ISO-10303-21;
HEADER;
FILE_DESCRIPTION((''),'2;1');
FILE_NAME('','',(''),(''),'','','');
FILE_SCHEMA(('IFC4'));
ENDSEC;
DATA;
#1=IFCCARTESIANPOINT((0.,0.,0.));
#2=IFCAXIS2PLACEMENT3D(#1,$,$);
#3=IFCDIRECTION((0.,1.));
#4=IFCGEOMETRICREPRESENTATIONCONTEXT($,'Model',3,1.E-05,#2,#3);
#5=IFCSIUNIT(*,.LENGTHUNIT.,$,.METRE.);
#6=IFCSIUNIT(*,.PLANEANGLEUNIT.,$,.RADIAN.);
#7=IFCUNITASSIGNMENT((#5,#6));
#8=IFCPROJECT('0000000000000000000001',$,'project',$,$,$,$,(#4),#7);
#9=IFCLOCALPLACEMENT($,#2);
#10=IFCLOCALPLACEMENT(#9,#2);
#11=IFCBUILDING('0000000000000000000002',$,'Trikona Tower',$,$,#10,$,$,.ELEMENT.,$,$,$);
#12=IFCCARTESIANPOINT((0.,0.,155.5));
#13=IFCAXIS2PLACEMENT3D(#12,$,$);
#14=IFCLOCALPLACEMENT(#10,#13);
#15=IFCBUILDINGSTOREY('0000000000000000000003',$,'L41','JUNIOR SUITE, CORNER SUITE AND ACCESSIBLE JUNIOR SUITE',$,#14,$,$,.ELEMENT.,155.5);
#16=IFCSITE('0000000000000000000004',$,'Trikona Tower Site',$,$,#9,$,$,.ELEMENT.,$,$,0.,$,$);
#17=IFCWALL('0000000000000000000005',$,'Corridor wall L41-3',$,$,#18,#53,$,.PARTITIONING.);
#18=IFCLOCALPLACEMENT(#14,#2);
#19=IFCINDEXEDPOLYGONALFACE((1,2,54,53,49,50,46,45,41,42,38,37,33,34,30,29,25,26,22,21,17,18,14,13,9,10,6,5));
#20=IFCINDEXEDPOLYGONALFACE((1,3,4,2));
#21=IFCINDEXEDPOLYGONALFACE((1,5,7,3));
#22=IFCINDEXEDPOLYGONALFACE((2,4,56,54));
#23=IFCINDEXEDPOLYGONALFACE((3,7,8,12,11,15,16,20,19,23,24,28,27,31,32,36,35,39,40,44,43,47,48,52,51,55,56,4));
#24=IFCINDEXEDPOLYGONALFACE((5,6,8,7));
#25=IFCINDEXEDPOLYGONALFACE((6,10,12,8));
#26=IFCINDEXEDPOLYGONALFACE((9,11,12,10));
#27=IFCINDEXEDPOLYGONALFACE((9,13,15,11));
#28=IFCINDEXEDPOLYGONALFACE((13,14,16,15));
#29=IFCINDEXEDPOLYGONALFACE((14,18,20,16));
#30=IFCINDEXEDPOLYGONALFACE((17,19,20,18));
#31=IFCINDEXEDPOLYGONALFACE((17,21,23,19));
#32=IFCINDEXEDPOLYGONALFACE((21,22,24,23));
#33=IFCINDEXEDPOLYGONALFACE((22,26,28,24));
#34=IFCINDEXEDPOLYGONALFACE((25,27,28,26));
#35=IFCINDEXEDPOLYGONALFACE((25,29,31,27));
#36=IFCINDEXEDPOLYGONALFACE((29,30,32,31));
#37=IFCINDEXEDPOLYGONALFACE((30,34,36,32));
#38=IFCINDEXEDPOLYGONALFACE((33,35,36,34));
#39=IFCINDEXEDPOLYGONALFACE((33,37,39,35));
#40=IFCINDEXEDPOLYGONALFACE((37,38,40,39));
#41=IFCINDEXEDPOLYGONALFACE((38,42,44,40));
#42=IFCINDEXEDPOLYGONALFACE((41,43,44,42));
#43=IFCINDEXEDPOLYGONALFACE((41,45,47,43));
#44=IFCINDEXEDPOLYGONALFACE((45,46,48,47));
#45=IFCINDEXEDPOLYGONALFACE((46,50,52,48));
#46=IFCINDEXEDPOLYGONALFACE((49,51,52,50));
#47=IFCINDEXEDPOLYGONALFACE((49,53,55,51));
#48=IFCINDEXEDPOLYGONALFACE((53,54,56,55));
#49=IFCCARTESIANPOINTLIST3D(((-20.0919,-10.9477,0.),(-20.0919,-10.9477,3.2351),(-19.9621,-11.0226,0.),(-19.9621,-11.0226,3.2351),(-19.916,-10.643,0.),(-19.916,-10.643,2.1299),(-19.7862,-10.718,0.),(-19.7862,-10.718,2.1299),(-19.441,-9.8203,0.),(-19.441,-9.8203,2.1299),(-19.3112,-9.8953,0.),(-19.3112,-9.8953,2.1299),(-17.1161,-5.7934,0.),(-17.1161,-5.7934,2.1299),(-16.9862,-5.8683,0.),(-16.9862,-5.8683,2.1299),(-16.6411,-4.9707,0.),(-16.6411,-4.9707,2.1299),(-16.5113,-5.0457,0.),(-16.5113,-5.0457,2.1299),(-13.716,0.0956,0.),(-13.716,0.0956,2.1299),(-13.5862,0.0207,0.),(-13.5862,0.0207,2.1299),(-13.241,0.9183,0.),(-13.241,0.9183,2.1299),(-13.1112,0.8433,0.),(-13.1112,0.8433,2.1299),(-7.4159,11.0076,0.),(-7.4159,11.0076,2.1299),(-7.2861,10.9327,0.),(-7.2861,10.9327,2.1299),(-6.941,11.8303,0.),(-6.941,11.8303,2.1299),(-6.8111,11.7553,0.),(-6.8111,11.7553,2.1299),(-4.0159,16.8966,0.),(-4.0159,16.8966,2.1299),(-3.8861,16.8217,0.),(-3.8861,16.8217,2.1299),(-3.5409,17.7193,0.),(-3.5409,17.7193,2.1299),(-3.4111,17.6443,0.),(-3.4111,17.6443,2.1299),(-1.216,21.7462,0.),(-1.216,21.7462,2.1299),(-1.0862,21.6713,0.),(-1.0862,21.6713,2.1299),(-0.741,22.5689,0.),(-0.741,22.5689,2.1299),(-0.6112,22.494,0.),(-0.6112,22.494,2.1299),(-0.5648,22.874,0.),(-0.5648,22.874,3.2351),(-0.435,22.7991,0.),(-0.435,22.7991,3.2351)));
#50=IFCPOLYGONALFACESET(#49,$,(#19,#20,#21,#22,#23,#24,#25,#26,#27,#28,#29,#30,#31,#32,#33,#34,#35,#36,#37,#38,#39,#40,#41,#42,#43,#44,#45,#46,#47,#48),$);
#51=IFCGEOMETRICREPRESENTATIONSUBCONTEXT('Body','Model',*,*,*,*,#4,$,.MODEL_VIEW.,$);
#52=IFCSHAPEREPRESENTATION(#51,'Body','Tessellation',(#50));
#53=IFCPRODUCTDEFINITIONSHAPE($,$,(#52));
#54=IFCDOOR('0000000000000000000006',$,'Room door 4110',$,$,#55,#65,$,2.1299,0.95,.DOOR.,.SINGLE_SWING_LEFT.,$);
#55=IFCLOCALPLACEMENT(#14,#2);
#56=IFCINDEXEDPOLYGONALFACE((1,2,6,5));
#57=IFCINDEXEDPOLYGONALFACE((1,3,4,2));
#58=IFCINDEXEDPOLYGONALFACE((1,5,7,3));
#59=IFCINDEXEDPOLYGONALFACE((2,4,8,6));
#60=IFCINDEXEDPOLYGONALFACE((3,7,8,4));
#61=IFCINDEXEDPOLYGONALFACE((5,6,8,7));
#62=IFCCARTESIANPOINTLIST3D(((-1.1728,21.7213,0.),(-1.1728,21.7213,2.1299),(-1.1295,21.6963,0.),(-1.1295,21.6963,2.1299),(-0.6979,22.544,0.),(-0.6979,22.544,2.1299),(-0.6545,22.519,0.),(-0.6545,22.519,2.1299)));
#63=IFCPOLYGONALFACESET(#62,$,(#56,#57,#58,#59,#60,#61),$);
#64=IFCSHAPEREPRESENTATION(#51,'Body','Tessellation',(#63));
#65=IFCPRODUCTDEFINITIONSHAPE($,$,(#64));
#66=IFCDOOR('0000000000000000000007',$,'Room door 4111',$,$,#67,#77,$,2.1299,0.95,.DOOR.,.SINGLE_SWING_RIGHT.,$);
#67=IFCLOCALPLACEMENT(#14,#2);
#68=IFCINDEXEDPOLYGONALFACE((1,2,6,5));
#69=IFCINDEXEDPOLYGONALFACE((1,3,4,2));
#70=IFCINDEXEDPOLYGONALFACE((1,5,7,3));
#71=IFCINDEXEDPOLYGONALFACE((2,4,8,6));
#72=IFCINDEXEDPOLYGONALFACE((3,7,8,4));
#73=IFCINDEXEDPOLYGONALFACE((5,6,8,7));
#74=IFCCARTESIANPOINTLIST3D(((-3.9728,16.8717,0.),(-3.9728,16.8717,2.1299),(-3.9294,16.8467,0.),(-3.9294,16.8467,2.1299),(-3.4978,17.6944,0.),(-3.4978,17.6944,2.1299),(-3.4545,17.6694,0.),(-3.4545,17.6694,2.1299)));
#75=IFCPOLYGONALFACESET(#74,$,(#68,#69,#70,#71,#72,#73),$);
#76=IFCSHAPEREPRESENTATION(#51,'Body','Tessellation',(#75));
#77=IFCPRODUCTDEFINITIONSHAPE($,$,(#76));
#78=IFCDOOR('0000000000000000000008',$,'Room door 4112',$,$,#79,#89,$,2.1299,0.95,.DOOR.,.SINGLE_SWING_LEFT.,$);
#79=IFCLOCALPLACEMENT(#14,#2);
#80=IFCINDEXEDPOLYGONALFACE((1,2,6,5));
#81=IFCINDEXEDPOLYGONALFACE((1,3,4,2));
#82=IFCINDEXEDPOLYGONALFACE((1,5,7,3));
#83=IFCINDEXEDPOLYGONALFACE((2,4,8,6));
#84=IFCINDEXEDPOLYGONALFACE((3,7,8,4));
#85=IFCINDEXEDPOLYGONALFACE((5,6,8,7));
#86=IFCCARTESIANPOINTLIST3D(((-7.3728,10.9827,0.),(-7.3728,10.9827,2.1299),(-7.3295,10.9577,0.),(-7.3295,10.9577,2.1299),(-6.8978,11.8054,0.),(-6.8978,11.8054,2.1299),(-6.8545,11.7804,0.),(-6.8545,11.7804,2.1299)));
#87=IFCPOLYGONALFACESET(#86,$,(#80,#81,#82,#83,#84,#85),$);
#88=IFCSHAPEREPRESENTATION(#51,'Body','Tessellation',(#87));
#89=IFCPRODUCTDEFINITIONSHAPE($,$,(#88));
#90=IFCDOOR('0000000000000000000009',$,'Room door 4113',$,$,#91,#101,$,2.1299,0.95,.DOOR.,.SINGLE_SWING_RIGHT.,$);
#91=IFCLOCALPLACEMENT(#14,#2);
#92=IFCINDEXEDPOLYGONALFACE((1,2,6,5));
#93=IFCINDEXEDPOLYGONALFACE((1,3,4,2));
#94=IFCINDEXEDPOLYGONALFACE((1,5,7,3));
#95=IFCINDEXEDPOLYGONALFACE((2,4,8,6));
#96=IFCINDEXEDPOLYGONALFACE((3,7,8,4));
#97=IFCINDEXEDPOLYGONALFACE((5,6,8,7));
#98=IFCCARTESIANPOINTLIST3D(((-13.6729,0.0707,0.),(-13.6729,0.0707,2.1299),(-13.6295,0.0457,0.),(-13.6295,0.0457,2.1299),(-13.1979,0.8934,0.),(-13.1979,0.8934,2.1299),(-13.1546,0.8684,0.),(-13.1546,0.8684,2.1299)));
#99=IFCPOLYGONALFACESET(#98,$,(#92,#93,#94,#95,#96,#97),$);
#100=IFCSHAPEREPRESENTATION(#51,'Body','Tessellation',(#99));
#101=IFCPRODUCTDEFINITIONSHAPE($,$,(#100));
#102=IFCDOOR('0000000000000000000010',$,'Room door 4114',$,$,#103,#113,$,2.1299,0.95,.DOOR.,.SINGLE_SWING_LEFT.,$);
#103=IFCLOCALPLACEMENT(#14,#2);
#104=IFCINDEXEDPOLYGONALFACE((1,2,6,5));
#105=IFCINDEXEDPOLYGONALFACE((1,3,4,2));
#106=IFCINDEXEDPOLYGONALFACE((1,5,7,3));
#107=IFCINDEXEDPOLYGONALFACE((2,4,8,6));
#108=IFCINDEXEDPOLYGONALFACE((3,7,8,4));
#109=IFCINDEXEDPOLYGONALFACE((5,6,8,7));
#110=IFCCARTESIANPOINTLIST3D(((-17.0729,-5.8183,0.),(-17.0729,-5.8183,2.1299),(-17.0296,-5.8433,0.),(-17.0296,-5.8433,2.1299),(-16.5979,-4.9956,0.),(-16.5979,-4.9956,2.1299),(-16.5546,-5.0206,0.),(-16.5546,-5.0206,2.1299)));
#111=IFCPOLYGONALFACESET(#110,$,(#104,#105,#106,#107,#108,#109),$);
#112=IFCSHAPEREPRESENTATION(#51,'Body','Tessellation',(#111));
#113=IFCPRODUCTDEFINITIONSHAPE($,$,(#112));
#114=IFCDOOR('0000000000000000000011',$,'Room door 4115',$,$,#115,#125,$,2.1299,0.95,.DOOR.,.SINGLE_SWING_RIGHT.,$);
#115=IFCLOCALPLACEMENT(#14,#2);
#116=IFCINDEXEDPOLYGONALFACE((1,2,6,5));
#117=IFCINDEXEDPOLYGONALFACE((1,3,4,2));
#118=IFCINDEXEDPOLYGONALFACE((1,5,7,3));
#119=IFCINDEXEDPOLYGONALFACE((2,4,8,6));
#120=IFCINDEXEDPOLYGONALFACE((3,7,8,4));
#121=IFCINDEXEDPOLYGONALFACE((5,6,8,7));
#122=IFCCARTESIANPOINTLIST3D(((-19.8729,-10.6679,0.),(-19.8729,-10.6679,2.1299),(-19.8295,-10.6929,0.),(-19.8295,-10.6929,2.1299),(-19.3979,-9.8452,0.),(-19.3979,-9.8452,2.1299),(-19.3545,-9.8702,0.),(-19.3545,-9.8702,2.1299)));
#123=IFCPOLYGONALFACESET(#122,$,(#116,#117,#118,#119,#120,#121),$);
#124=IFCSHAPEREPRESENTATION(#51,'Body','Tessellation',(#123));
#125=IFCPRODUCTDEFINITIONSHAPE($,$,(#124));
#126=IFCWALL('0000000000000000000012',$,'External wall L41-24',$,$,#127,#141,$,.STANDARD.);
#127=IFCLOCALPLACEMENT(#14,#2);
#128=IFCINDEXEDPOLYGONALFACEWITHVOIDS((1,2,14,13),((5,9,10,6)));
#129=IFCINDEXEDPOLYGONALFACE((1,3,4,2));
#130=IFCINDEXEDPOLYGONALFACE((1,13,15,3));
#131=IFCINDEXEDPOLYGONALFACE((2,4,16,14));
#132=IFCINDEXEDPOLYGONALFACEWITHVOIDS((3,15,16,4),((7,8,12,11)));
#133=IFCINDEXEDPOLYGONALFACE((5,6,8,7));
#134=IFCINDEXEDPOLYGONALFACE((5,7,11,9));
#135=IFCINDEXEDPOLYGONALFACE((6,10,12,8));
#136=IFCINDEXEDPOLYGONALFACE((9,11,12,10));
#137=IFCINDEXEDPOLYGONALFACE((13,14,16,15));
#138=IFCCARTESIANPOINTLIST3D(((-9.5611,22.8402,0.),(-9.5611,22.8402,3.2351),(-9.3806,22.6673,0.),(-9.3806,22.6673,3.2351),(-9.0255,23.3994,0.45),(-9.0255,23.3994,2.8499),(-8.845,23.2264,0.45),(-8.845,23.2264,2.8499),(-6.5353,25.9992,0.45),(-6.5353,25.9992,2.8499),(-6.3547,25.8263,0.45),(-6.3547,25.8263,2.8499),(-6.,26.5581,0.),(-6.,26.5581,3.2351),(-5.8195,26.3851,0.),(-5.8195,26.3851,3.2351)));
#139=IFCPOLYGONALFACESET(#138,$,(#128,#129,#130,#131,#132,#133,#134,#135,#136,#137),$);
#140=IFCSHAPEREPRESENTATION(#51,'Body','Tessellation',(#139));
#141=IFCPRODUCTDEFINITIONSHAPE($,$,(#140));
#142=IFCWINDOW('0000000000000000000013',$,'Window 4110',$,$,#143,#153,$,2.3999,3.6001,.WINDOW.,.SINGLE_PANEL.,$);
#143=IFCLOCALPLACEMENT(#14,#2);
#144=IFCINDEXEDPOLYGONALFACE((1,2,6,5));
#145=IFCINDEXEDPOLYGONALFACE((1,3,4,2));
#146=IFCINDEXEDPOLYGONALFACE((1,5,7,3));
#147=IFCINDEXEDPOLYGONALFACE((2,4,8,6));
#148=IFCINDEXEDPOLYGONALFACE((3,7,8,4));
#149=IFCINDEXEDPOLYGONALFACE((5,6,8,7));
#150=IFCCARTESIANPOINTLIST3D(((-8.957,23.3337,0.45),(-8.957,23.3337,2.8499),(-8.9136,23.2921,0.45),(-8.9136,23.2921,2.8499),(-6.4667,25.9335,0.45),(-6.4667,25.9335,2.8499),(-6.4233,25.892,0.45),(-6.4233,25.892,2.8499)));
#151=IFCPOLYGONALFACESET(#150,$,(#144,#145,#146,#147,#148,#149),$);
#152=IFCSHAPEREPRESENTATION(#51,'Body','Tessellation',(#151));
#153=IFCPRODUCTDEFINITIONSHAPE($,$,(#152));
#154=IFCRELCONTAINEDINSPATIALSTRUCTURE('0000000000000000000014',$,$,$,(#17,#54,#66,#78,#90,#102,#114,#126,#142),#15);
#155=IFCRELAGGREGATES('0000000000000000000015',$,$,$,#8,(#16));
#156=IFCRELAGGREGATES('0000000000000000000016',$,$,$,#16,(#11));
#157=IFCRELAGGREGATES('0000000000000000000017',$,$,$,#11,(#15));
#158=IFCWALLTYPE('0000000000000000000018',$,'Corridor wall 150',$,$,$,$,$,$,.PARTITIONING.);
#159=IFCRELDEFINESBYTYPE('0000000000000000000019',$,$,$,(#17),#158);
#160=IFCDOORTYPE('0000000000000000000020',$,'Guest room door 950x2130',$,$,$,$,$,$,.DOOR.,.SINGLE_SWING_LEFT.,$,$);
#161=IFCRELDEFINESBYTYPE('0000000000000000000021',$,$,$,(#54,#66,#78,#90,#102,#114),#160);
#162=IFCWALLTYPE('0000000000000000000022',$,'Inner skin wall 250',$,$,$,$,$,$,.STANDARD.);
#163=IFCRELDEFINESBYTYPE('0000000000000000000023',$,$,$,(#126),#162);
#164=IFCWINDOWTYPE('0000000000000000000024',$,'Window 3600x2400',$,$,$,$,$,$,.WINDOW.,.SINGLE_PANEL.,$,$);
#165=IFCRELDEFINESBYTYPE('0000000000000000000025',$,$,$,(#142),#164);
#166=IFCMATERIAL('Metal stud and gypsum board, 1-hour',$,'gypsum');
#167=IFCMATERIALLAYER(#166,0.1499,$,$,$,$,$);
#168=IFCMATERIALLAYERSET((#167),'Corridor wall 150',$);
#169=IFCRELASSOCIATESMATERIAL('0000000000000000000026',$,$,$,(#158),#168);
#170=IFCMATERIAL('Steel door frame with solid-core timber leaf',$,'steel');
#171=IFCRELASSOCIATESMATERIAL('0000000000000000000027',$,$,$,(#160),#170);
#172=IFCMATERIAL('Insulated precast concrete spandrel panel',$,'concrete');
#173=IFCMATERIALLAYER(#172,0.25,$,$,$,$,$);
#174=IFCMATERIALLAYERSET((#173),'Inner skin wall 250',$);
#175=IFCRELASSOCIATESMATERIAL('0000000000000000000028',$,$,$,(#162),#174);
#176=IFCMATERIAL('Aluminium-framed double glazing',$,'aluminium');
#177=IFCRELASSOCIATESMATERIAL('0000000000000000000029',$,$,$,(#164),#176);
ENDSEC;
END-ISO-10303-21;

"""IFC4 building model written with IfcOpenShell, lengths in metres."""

from ifc_helpers import new_model, si_unit, direction, frame, frame_2d, origin, place, context, subcontext, project, spatial, rectangle, extrude, material, layer, layer_set, type_object, element, fill, save


model = new_model("IFC4")

# Units and contexts
model_context = context("Model", 3, precision=1e-05, world=origin(), true_north=direction((0.0, 1.0)))
body_context = subcontext(model_context, "Body", "Model", "MODEL_VIEW")
ifc_project = project(units=[si_unit("LENGTHUNIT", "METRE"), si_unit("PLANEANGLEUNIT", "RADIAN")], contexts=[model_context])

# Site, building, storey
site_placement = place(None, origin())
site = spatial("IfcSite", under=ifc_project, at=site_placement, Name="Trikona Tower Site", CompositionType="ELEMENT", RefElevation=0.0)
building_placement = place(site_placement, origin())
building = spatial("IfcBuilding", under=site, at=building_placement, Name="Trikona Tower", CompositionType="ELEMENT")
storey_placement = place(building_placement, frame((0.0, 0.0, 155.5)))
storey = spatial("IfcBuildingStorey", under=building, at=storey_placement, Name="L41", Description="JUNIOR SUITE, CORNER SUITE AND ACCESSIBLE JUNIOR SUITE", CompositionType="ELEMENT", Elevation=155.5)

# Wall, openings, doors
ifc_material_1 = material(Name="Metal stud and gypsum board, 1-hour", Category="gypsum")
ifc_layer_1 = layer(ifc_material_1, 0.1499)
ifc_layer_set_1 = layer_set([ifc_layer_1], Name="Corridor wall 150")
wall_type_1 = type_object("IfcWallType", Name="Corridor wall 150", PredefinedType="PARTITIONING", material=ifc_layer_set_1)
wall_1_placement = place(storey_placement, frame((-0.5, 22.8364, 0.0), z_axis=(0.0, 0.0, 1.0), x_axis=(-0.500002, -0.866024, 0.0)))
wall_1 = element("IfcWall", 1, at=wall_1_placement, inside=storey, type_object=wall_type_1, Name="Corridor wall L41-3", PredefinedType="PARTITIONING", context=body_context, shape_type="SweptSolid", body=[
    extrude(rectangle(XDim=39.054, YDim=0.1499, at=frame_2d((19.5269, 0.0))), origin(), (0.0, 0.0, 1.0), 3.2351),
])
opening_1_placement = place(wall_1_placement, frame((0.3521, 0.0, 0.0)))
opening_1 = element("IfcOpeningElement", 2, at=opening_1_placement, cuts=wall_1, PredefinedType="OPENING", context=body_context, shape_type="SweptSolid", body=[
    extrude(rectangle(XDim=0.95, YDim=2.1299, at=frame_2d((0.4751, 1.0649))), frame((0.0, 0.085, 0.0), z_axis=(0.0, -1.0, 0.0), x_axis=(1.0, 0.0, 0.0)), (0.0, 0.0, 1.0), 0.1699),
])
opening_2_placement = place(wall_1_placement, frame((5.9519, 0.0, 0.0)))
opening_2 = element("IfcOpeningElement", 3, at=opening_2_placement, cuts=wall_1, PredefinedType="OPENING", context=body_context, shape_type="SweptSolid", body=[
    extrude(rectangle(XDim=0.95, YDim=2.1299, at=frame_2d((0.4751, 1.0649))), frame((0.0, 0.085, 0.0), z_axis=(0.0, -1.0, 0.0), x_axis=(1.0, 0.0, 0.0)), (0.0, 0.0, 1.0), 0.1699),
])
opening_3_placement = place(wall_1_placement, frame((12.752, 0.0, 0.0)))
opening_3 = element("IfcOpeningElement", 4, at=opening_3_placement, cuts=wall_1, PredefinedType="OPENING", context=body_context, shape_type="SweptSolid", body=[
    extrude(rectangle(XDim=0.95, YDim=2.1299, at=frame_2d((0.4751, 1.0649))), frame((0.0, 0.085, 0.0), z_axis=(0.0, -1.0, 0.0), x_axis=(1.0, 0.0, 0.0)), (0.0, 0.0, 1.0), 0.1699),
])
opening_4_placement = place(wall_1_placement, frame((25.3521, 0.0, 0.0)))
opening_4 = element("IfcOpeningElement", 5, at=opening_4_placement, cuts=wall_1, PredefinedType="OPENING", context=body_context, shape_type="SweptSolid", body=[
    extrude(rectangle(XDim=0.95, YDim=2.1299, at=frame_2d((0.4751, 1.0649))), frame((0.0, 0.085, 0.0), z_axis=(0.0, -1.0, 0.0), x_axis=(1.0, 0.0, 0.0)), (0.0, 0.0, 1.0), 0.1699),
])
opening_5_placement = place(wall_1_placement, frame((32.1521, 0.0, 0.0)))
opening_5 = element("IfcOpeningElement", 6, at=opening_5_placement, cuts=wall_1, PredefinedType="OPENING", context=body_context, shape_type="SweptSolid", body=[
    extrude(rectangle(XDim=0.95, YDim=2.1299, at=frame_2d((0.4751, 1.0649))), frame((0.0, 0.085, 0.0), z_axis=(0.0, -1.0, 0.0), x_axis=(1.0, 0.0, 0.0)), (0.0, 0.0, 1.0), 0.1699),
])
opening_6_placement = place(wall_1_placement, frame((37.752, 0.0, 0.0)))
opening_6 = element("IfcOpeningElement", 7, at=opening_6_placement, cuts=wall_1, PredefinedType="OPENING", context=body_context, shape_type="SweptSolid", body=[
    extrude(rectangle(XDim=0.95, YDim=2.1299, at=frame_2d((0.4751, 1.0649))), frame((0.0, 0.085, 0.0), z_axis=(0.0, -1.0, 0.0), x_axis=(1.0, 0.0, 0.0)), (0.0, 0.0, 1.0), 0.1699),
])
ifc_material_2 = material(Name="Steel door frame with solid-core timber leaf", Category="steel")
door_type = type_object("IfcDoorType", Name="Guest room door 950x2130", OperationType="SINGLE_SWING_LEFT", PredefinedType="DOOR", material=ifc_material_2)
door_1_placement = place(opening_1_placement, origin())
door_1 = element("IfcDoor", 8, at=door_1_placement, inside=storey, type_object=door_type, Name="Room door 4110", OperationType="SINGLE_SWING_LEFT", OverallHeight=2.1299, OverallWidth=0.95, PredefinedType="DOOR", context=body_context, shape_type="SweptSolid", body=[
    extrude(rectangle(XDim=0.95, YDim=2.1299, at=frame_2d((0.4751, 1.0649))), frame((0.0, 0.0249, 0.0), z_axis=(0.0, -1.0, 0.0), x_axis=(1.0, 0.0, 0.0)), (0.0, 0.0, 1.0), 0.05),
])
fill(opening_1, door_1)
door_2_placement = place(opening_2_placement, origin())
door_2 = element("IfcDoor", 9, at=door_2_placement, inside=storey, type_object=door_type, Name="Room door 4111", OperationType="SINGLE_SWING_RIGHT", OverallHeight=2.1299, OverallWidth=0.95, PredefinedType="DOOR", context=body_context, shape_type="SweptSolid", body=[
    extrude(rectangle(XDim=0.95, YDim=2.1299, at=frame_2d((0.4751, 1.0649))), frame((0.0, 0.0249, 0.0), z_axis=(0.0, -1.0, 0.0), x_axis=(1.0, 0.0, 0.0)), (0.0, 0.0, 1.0), 0.05),
])
fill(opening_2, door_2)
door_3_placement = place(opening_3_placement, origin())
door_3 = element("IfcDoor", 10, at=door_3_placement, inside=storey, type_object=door_type, Name="Room door 4112", OperationType="SINGLE_SWING_LEFT", OverallHeight=2.1299, OverallWidth=0.95, PredefinedType="DOOR", context=body_context, shape_type="SweptSolid", body=[
    extrude(rectangle(XDim=0.95, YDim=2.1299, at=frame_2d((0.4751, 1.0649))), frame((0.0, 0.0249, 0.0), z_axis=(0.0, -1.0, 0.0), x_axis=(1.0, 0.0, 0.0)), (0.0, 0.0, 1.0), 0.05),
])
fill(opening_3, door_3)
door_4_placement = place(opening_4_placement, origin())
door_4 = element("IfcDoor", 11, at=door_4_placement, inside=storey, type_object=door_type, Name="Room door 4113", OperationType="SINGLE_SWING_RIGHT", OverallHeight=2.1299, OverallWidth=0.95, PredefinedType="DOOR", context=body_context, shape_type="SweptSolid", body=[
    extrude(rectangle(XDim=0.95, YDim=2.1299, at=frame_2d((0.4751, 1.0649))), frame((0.0, 0.0249, 0.0), z_axis=(0.0, -1.0, 0.0), x_axis=(1.0, 0.0, 0.0)), (0.0, 0.0, 1.0), 0.05),
])
fill(opening_4, door_4)
door_5_placement = place(opening_5_placement, origin())
door_5 = element("IfcDoor", 12, at=door_5_placement, inside=storey, type_object=door_type, Name="Room door 4114", OperationType="SINGLE_SWING_LEFT", OverallHeight=2.1299, OverallWidth=0.95, PredefinedType="DOOR", context=body_context, shape_type="SweptSolid", body=[
    extrude(rectangle(XDim=0.95, YDim=2.1299, at=frame_2d((0.4751, 1.0649))), frame((0.0, 0.0249, 0.0), z_axis=(0.0, -1.0, 0.0), x_axis=(1.0, 0.0, 0.0)), (0.0, 0.0, 1.0), 0.05),
])
fill(opening_5, door_5)
door_6_placement = place(opening_6_placement, origin())
door_6 = element("IfcDoor", 13, at=door_6_placement, inside=storey, type_object=door_type, Name="Room door 4115", OperationType="SINGLE_SWING_RIGHT", OverallHeight=2.1299, OverallWidth=0.95, PredefinedType="DOOR", context=body_context, shape_type="SweptSolid", body=[
    extrude(rectangle(XDim=0.95, YDim=2.1299, at=frame_2d((0.4751, 1.0649))), frame((0.0, 0.0249, 0.0), z_axis=(0.0, -1.0, 0.0), x_axis=(1.0, 0.0, 0.0)), (0.0, 0.0, 1.0), 0.05),
])
fill(opening_6, door_6)

# Wall, opening, window
ifc_material_3 = material(Name="Insulated precast concrete spandrel panel", Category="concrete")
ifc_layer_2 = layer(ifc_material_3, 0.25)
ifc_layer_set_2 = layer_set([ifc_layer_2], Name="Inner skin wall 250")
wall_type_2 = type_object("IfcWallType", Name="Inner skin wall 250", PredefinedType="STANDARD", material=ifc_layer_set_2)
wall_2_placement = place(storey_placement, frame((-5.9097, 26.4717, 0.0), z_axis=(0.0, 0.0, 1.0), x_axis=(-0.69172, -0.722166, 0.0)))
wall_2 = element("IfcWall", 14, at=wall_2_placement, inside=storey, type_object=wall_type_2, Name="External wall L41-24", PredefinedType="STANDARD", context=body_context, shape_type="SweptSolid", body=[
    extrude(rectangle(XDim=5.1482, YDim=0.25, at=frame_2d((2.5742, 0.0))), origin(), (0.0, 0.0, 1.0), 3.2351),
])
opening_7_placement = place(wall_2_placement, frame((0.7739, 0.0, 0.45)))
opening_7 = element("IfcOpeningElement", 15, at=opening_7_placement, cuts=wall_2, PredefinedType="OPENING", context=body_context, shape_type="SweptSolid", body=[
    extrude(rectangle(XDim=3.6001, YDim=2.3999, at=frame_2d((1.8, 1.2))), frame((0.0, 0.135, 0.0), z_axis=(0.0, -1.0, 0.0), x_axis=(1.0, 0.0, 0.0)), (0.0, 0.0, 1.0), 0.27),
])
ifc_material_4 = material(Name="Aluminium-framed double glazing", Category="aluminium")
window_type_1 = type_object("IfcWindowType", Name="Window 3600x2400", PartitioningType="SINGLE_PANEL", PredefinedType="WINDOW", material=ifc_material_4)
window_1_placement = place(opening_7_placement, origin())
window_1 = element("IfcWindow", 16, at=window_1_placement, inside=storey, type_object=window_type_1, Name="Window 4110", OverallHeight=2.3999, OverallWidth=3.6001, PartitioningType="SINGLE_PANEL", PredefinedType="WINDOW", context=body_context, shape_type="SweptSolid", body=[
    extrude(rectangle(XDim=3.6001, YDim=2.3999, at=frame_2d((1.8, 1.2))), frame((0.0, 0.03, 0.0), z_axis=(0.0, -1.0, 0.0), x_axis=(1.0, 0.0, 0.0)), (0.0, 0.0, 1.0), 0.0601),
])
fill(opening_7, window_1)

save(model, "model.ifc")
